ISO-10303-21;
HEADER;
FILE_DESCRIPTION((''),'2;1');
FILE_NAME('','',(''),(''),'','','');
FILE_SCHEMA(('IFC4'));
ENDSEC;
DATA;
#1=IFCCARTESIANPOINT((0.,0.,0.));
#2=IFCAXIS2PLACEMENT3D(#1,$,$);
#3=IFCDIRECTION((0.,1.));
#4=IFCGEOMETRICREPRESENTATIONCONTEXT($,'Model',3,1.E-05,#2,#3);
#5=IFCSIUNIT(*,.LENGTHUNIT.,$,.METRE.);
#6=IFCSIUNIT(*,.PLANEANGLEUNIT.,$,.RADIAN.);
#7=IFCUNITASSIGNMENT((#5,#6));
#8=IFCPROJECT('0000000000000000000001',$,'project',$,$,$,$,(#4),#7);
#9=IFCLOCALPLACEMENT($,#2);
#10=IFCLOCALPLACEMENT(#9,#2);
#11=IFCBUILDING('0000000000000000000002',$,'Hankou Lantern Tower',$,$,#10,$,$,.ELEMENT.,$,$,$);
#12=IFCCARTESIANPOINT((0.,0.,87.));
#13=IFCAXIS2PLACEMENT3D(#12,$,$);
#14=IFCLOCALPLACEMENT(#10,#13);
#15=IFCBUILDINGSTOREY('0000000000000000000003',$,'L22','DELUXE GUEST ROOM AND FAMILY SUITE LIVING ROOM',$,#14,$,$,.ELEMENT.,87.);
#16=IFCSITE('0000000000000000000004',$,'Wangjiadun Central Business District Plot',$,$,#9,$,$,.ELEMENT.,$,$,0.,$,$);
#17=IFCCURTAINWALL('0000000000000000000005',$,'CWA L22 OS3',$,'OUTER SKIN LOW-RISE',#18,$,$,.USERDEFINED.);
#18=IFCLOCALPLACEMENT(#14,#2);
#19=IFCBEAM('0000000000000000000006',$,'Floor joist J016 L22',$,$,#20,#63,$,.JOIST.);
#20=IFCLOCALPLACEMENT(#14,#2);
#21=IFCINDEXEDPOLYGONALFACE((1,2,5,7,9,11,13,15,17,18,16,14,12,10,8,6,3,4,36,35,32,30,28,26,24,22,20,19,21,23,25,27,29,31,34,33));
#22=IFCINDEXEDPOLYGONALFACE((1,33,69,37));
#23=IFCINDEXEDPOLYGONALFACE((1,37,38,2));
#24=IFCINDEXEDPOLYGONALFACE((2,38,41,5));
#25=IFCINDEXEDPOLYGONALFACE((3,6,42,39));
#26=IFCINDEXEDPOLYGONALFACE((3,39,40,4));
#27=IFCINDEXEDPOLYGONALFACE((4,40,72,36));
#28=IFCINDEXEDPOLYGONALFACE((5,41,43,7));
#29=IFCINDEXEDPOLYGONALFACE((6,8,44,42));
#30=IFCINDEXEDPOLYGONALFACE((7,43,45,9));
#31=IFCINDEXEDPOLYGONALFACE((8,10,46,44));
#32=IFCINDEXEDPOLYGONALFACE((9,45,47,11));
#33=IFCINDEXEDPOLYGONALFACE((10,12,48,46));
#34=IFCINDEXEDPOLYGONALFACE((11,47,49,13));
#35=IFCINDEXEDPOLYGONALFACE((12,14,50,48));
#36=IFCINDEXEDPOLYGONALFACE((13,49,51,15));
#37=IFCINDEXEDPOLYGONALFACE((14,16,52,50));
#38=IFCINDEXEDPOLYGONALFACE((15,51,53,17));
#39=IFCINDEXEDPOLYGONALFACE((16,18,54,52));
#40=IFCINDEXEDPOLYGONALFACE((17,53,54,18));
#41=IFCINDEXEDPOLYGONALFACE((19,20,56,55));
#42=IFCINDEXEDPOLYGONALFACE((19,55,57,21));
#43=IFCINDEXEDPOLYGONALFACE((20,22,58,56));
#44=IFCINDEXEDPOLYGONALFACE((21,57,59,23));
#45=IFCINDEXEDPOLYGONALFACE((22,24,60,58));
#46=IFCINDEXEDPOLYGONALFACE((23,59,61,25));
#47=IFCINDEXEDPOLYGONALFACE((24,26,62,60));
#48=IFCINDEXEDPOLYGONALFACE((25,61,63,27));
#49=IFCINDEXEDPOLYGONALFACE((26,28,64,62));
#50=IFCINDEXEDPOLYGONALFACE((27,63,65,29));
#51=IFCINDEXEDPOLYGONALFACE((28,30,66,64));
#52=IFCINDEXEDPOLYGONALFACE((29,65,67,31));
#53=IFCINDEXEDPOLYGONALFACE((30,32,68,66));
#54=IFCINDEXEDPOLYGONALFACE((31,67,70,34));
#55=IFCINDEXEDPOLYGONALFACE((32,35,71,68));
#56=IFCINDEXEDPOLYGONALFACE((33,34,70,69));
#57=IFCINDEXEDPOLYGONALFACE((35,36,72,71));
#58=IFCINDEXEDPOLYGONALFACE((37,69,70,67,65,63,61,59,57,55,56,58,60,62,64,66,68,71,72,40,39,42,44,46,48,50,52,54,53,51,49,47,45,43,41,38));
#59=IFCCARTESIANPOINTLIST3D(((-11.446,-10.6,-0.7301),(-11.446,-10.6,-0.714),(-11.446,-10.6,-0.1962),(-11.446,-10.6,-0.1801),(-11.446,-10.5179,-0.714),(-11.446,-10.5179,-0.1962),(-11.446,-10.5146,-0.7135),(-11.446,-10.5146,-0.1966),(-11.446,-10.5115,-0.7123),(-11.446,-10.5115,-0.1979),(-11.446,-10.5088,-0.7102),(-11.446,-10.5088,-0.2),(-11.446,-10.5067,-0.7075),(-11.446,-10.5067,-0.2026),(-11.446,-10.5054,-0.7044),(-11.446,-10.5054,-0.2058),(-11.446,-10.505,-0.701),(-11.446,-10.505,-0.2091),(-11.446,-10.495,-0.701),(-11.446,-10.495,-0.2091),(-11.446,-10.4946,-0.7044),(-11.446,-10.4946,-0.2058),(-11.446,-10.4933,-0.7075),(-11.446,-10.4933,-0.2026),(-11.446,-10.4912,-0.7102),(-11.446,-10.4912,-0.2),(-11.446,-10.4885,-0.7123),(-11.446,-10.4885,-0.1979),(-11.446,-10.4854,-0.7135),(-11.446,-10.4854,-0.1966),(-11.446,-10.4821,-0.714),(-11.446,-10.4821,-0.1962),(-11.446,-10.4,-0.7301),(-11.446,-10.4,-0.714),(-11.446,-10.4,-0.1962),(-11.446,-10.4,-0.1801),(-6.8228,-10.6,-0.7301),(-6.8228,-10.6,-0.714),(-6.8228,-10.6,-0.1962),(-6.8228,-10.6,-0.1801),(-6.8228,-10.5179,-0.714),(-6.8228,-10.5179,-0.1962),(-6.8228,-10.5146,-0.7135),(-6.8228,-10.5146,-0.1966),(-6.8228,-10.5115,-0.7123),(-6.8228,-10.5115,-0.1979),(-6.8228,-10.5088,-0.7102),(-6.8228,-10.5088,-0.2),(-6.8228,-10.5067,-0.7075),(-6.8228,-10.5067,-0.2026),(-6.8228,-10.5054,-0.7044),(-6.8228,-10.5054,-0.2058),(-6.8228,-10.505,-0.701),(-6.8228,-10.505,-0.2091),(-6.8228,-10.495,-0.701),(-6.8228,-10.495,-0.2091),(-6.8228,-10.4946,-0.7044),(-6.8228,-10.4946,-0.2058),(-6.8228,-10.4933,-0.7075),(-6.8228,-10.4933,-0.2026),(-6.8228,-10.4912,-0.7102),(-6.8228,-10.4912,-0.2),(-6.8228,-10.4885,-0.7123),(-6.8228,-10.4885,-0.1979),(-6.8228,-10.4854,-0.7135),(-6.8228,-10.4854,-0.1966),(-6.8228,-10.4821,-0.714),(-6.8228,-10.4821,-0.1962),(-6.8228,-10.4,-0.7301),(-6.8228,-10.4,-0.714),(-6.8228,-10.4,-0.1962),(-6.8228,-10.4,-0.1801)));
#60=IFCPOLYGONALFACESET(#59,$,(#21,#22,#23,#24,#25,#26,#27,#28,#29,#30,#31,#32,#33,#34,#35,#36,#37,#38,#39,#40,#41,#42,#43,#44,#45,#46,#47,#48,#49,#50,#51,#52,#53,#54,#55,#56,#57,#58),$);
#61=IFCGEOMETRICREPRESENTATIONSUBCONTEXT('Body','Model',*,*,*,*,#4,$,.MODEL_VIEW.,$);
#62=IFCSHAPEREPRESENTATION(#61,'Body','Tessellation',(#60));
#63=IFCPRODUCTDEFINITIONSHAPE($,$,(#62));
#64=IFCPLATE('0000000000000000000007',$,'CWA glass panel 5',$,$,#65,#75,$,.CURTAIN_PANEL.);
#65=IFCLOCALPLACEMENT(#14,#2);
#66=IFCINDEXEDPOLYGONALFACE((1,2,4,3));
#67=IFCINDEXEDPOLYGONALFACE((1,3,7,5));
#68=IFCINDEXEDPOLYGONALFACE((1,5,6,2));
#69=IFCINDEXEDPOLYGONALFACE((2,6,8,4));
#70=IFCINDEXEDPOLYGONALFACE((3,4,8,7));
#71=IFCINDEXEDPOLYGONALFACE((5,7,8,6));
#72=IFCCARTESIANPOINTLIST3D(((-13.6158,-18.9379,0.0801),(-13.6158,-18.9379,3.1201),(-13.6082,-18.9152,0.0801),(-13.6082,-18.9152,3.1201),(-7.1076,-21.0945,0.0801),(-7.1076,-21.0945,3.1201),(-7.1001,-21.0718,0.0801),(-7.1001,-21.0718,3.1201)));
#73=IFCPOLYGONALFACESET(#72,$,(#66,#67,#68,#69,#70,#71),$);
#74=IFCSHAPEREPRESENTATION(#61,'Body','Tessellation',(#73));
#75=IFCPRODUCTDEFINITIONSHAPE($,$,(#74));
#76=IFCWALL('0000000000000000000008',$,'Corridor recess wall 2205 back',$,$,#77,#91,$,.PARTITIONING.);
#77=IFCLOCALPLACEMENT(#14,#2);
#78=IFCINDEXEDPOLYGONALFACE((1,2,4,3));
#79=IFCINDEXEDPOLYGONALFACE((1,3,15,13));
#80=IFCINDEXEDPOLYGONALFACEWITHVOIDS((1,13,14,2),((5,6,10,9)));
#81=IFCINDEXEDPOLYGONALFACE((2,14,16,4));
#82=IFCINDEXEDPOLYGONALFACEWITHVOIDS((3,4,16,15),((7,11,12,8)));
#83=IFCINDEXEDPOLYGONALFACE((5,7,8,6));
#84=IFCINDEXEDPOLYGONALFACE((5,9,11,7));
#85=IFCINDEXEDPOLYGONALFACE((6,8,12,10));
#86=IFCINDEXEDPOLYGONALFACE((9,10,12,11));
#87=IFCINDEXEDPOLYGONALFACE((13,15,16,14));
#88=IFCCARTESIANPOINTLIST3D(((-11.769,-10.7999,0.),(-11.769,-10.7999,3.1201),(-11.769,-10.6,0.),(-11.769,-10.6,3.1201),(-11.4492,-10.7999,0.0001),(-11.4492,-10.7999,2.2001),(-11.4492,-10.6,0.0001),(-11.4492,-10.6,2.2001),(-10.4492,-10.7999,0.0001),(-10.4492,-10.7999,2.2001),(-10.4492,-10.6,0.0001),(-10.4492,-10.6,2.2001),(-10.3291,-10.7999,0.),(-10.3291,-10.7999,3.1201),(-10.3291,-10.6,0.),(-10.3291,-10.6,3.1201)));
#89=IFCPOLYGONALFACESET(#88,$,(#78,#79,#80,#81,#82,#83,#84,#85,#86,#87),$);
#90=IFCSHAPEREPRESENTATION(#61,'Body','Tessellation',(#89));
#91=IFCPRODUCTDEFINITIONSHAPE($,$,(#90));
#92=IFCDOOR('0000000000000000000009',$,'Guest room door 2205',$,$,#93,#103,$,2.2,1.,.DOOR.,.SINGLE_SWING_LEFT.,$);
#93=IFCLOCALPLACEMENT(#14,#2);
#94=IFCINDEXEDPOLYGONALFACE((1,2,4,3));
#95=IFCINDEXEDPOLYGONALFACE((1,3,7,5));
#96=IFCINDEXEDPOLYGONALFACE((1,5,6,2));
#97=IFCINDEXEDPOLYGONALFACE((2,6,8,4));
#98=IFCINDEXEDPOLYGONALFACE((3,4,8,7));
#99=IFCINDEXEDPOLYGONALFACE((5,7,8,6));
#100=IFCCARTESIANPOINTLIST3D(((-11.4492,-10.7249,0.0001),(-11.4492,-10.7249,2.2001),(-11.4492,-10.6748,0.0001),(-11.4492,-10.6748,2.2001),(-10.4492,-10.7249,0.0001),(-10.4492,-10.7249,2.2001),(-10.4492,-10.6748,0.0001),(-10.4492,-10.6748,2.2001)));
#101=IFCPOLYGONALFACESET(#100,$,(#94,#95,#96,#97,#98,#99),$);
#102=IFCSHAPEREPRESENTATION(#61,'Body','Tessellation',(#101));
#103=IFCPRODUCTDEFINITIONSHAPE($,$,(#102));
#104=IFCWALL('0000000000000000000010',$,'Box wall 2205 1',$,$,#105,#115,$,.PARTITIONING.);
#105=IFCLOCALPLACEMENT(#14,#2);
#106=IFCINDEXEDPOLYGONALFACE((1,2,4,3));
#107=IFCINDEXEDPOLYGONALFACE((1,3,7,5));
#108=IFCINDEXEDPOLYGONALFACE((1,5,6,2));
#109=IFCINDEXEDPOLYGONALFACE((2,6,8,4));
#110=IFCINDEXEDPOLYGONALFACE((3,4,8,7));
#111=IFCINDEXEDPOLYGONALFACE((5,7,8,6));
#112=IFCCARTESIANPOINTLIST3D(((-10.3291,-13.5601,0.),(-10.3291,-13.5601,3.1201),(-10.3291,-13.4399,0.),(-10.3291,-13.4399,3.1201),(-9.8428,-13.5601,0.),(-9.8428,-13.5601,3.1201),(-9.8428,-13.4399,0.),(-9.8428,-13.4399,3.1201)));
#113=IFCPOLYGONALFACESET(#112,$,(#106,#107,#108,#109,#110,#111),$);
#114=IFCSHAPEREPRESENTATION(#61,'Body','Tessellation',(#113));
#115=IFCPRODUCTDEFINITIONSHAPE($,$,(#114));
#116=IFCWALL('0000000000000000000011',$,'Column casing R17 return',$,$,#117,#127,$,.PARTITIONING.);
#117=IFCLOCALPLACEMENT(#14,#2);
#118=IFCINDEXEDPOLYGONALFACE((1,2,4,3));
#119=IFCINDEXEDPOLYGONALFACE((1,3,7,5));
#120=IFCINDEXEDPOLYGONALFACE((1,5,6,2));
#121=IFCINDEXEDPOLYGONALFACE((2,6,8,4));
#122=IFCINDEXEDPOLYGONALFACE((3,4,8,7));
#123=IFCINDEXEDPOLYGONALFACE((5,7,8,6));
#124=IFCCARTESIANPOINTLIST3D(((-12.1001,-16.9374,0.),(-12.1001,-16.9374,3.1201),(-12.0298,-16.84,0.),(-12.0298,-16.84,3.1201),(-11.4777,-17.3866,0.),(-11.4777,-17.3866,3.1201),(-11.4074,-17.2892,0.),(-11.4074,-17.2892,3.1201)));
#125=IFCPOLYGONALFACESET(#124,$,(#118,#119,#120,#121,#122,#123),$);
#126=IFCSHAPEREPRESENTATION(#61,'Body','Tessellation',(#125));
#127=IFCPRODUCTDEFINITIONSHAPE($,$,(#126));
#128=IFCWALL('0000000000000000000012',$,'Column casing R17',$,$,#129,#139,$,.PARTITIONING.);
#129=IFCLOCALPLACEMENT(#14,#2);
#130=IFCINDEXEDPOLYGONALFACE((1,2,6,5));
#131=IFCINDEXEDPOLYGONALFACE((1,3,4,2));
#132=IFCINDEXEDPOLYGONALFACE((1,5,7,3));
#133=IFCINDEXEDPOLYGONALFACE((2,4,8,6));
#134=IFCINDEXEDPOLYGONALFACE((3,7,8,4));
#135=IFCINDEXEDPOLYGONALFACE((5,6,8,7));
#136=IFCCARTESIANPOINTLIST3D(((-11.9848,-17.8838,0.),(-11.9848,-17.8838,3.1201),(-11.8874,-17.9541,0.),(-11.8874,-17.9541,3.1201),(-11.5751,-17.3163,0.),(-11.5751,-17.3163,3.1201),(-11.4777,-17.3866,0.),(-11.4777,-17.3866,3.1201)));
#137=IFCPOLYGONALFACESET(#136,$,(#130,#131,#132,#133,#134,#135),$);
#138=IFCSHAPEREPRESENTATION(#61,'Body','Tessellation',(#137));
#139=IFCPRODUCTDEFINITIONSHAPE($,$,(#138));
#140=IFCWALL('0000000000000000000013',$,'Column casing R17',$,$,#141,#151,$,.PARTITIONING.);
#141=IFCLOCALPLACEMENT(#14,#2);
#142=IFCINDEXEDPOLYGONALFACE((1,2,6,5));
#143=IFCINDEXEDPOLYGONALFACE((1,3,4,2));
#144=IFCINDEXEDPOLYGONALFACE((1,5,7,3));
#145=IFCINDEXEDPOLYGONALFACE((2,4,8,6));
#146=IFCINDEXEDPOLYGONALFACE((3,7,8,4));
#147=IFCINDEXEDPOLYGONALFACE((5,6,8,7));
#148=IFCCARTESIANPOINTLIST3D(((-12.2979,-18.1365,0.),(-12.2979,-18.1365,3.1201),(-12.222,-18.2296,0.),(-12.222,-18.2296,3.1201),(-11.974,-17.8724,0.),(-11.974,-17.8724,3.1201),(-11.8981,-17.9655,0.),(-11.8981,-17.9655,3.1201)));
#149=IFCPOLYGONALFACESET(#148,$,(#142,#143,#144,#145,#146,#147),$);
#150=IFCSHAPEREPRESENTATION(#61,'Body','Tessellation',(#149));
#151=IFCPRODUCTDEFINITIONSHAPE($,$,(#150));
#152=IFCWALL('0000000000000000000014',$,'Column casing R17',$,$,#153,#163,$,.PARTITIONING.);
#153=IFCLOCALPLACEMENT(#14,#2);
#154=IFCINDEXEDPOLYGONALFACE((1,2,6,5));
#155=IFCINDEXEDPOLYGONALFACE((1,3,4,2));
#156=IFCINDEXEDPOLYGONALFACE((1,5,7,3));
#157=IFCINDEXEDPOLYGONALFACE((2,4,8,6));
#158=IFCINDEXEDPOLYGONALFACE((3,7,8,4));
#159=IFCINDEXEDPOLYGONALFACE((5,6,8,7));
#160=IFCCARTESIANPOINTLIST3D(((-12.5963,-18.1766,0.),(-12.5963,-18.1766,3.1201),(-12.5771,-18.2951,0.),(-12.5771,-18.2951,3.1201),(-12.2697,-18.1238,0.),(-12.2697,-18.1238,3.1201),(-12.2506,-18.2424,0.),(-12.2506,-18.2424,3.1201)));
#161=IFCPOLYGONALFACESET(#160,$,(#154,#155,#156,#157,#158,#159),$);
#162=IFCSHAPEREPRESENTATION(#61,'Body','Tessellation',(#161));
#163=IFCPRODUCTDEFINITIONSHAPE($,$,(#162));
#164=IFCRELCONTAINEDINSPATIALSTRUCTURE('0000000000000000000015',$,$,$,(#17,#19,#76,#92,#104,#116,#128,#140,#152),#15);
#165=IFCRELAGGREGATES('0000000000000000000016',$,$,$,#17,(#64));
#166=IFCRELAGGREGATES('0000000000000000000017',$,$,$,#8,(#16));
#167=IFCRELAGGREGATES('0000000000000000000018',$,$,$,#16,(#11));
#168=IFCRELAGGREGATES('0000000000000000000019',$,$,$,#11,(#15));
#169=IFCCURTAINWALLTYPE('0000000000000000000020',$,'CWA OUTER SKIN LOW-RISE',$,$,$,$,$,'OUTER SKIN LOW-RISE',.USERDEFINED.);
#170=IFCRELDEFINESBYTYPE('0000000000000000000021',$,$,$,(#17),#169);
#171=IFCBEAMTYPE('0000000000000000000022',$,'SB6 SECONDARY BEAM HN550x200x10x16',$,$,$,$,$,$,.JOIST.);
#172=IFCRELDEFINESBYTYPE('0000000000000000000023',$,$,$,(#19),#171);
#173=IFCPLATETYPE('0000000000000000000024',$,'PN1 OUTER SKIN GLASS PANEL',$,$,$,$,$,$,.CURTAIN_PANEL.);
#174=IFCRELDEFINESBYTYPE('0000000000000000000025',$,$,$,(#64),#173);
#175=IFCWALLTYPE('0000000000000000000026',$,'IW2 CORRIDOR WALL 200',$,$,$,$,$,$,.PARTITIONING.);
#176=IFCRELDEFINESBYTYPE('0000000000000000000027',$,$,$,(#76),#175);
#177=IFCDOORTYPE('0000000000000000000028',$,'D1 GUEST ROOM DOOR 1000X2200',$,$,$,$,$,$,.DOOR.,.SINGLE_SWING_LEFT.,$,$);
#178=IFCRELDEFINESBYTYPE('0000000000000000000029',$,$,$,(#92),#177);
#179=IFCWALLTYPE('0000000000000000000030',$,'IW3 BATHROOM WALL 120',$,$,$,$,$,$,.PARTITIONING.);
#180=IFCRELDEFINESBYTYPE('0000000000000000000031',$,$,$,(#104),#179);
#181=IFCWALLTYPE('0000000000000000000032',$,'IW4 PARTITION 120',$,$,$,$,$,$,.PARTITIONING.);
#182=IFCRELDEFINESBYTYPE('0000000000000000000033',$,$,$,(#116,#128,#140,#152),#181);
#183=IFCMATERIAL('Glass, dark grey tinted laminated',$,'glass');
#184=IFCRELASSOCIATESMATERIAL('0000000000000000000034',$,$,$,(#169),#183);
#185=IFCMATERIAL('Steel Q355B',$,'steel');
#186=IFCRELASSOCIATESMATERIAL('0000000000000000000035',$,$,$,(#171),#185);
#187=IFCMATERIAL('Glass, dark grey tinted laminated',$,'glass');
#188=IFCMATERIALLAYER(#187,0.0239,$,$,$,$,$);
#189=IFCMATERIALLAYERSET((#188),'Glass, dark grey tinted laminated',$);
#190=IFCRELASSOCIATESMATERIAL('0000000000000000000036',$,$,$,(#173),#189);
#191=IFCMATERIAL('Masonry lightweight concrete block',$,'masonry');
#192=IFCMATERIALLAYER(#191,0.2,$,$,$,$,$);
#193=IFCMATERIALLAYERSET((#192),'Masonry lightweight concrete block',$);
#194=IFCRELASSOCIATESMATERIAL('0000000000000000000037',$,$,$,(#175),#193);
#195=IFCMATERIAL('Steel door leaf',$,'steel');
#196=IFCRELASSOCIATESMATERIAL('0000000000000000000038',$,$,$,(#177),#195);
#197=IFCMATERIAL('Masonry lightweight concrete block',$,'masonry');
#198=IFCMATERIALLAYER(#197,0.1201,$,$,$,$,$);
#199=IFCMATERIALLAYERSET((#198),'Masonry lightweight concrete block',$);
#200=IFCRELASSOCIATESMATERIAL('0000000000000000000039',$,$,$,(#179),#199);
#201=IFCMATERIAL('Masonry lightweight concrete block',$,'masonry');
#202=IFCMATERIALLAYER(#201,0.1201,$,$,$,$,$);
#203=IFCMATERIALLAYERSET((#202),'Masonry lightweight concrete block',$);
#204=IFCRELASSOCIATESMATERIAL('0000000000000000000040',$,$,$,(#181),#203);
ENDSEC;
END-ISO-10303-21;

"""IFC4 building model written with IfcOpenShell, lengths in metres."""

from ifc_helpers import new_model, si_unit, direction, frame, frame_2d, origin, origin_2d, place, context, subcontext, project, spatial, rectangle, i_section, extrude, material, layer, layer_set, material_profile, profile_set, type_object, element, fill, aggregate, save


model = new_model("IFC4")

# Units and contexts
model_context = context("Model", 3, precision=1e-05, world=origin(), true_north=direction((0.0, 1.0)))
body_context = subcontext(model_context, "Body", "Model", "MODEL_VIEW")
ifc_project = project(units=[si_unit("LENGTHUNIT", "METRE"), si_unit("PLANEANGLEUNIT", "RADIAN")], contexts=[model_context])

# Site, building, storey
site_placement = place(None, origin())
site = spatial("IfcSite", under=ifc_project, at=site_placement, Name="Wangjiadun Central Business District Plot", CompositionType="ELEMENT", RefElevation=0.0)
building_placement = place(site_placement, origin())
building = spatial("IfcBuilding", under=site, at=building_placement, Name="Hankou Lantern Tower", CompositionType="ELEMENT")
storey_placement = place(building_placement, frame((0.0, 0.0, 87.0)))
storey = spatial("IfcBuildingStorey", under=building, at=storey_placement, Name="L22", Description="DELUXE GUEST ROOM AND FAMILY SUITE LIVING ROOM", CompositionType="ELEMENT", Elevation=87.0)

# Curtain wall
ifc_material_1 = material(Name="Glass, dark grey tinted laminated", Category="glass")
curtain_wall_type = type_object("IfcCurtainWallType", Name="CWA OUTER SKIN LOW-RISE", ElementType="OUTER SKIN LOW-RISE", PredefinedType="USERDEFINED", material=ifc_material_1)
curtain_wall_placement = place(storey_placement, origin())
curtain_wall = element("IfcCurtainWall", 1, at=curtain_wall_placement, inside=storey, type_object=curtain_wall_type, Name="CWA L22 OS3", ObjectType="OUTER SKIN LOW-RISE", PredefinedType="USERDEFINED")

# Beam
ifc_material_2 = material(Name="Steel Q355B", Category="steel")
ifc_material_profile_1 = material_profile(ifc_material_2, i_section(OverallWidth=0.2, OverallDepth=0.55, WebThickness=0.01, FlangeThickness=0.0161, FilletRadius=0.0129, at=origin_2d()), Name="HN550x200x10x16")
ifc_profile_set_1 = profile_set([ifc_material_profile_1], Name="Steel Q355B")
beam_type_1 = type_object("IfcBeamType", Name="SB6 SECONDARY BEAM HN550x200x10x16", PredefinedType="JOIST", material=ifc_profile_set_1)
beam_1_placement = place(storey_placement, frame((-11.446, -10.5, -0.4551), z_axis=(1.0, 0.0, 0.0), x_axis=(0.0, 1.0, 0.0)))
element("IfcBeam", 2, at=beam_1_placement, inside=storey, type_object=beam_type_1, Name="Floor joist J016 L22", PredefinedType="JOIST", context=body_context, shape_type="SweptSolid", body=[
    extrude(i_section(OverallWidth=0.2, OverallDepth=0.55, WebThickness=0.01, FlangeThickness=0.0161, FilletRadius=0.0129, at=origin_2d()), origin(), (0.0, 0.0, 1.0), 4.6233),
])

# Plate
ifc_material_3 = material(Name="Glass, dark grey tinted laminated", Category="glass")
ifc_layer_1 = layer(ifc_material_3, 0.0239)
ifc_layer_set_1 = layer_set([ifc_layer_1], Name="Glass, dark grey tinted laminated")
plate_type = type_object("IfcPlateType", Name="PN1 OUTER SKIN GLASS PANEL", PredefinedType="CURTAIN_PANEL", material=ifc_layer_set_1)
plate_placement = place(storey_placement, frame((-10.3579, -20.0049, 0.0801), z_axis=(0.0, 0.0, 1.0), x_axis=(0.949241, -0.314551, 0.0)))
plate = element("IfcPlate", 3, at=plate_placement, type_object=plate_type, Name="CWA glass panel 5", PredefinedType="CURTAIN_PANEL", context=body_context, shape_type="SweptSolid", body=[
    extrude(rectangle(XDim=6.8562, YDim=0.0239, at=origin_2d()), origin(), (0.0, 0.0, 1.0), 3.04),
])
aggregate(curtain_wall, [plate])

# Wall, opening, door
ifc_material_4 = material(Name="Masonry lightweight concrete block", Category="masonry")
ifc_layer_2 = layer(ifc_material_4, 0.2)
ifc_layer_set_2 = layer_set([ifc_layer_2], Name="Masonry lightweight concrete block")
wall_type_1 = type_object("IfcWallType", Name="IW2 CORRIDOR WALL 200", PredefinedType="PARTITIONING", material=ifc_layer_set_2)
wall_1_placement = place(storey_placement, frame((-10.3291, -10.7, 0.0), z_axis=(0.0, 0.0, 1.0), x_axis=(-1.0, 0.0, 0.0)))
wall_1 = element("IfcWall", 4, at=wall_1_placement, inside=storey, type_object=wall_type_1, Name="Corridor recess wall 2205 back", PredefinedType="PARTITIONING", context=body_context, shape_type="SweptSolid", body=[
    extrude(rectangle(XDim=1.4399, YDim=0.2, at=frame_2d((0.72, 0.0))), origin(), (0.0, 0.0, 1.0), 3.1201),
])
opening_1_placement = place(wall_1_placement, frame((0.1201, 0.0, 0.0)))
opening_1 = element("IfcOpeningElement", 5, at=opening_1_placement, cuts=wall_1, PredefinedType="OPENING", context=body_context, shape_type="SweptSolid", body=[
    extrude(rectangle(XDim=1.0, YDim=2.2, at=frame_2d((0.5, 1.1001))), frame((0.0, 0.1099, 0.0), z_axis=(0.0, -1.0, 0.0), x_axis=(1.0, 0.0, 0.0)), (0.0, 0.0, 1.0), 0.22),
])
ifc_material_5 = material(Name="Steel door leaf", Category="steel")
door_type_1 = type_object("IfcDoorType", Name="D1 GUEST ROOM DOOR 1000X2200", OperationType="SINGLE_SWING_LEFT", PredefinedType="DOOR", material=ifc_material_5)
door_1_placement = place(opening_1_placement, origin())
door_1 = element("IfcDoor", 6, at=door_1_placement, inside=storey, type_object=door_type_1, Name="Guest room door 2205", OperationType="SINGLE_SWING_LEFT", OverallHeight=2.2, OverallWidth=1.0, PredefinedType="DOOR", context=body_context, shape_type="SweptSolid", body=[
    extrude(rectangle(XDim=1.0, YDim=2.2, at=frame_2d((0.5, 1.1001))), frame((0.0, 0.0249, 0.0), z_axis=(0.0, -1.0, 0.0), x_axis=(1.0, 0.0, 0.0)), (0.0, 0.0, 1.0), 0.05),
])
fill(opening_1, door_1)

# Walls
ifc_material_6 = material(Name="Masonry lightweight concrete block", Category="masonry")
ifc_layer_3 = layer(ifc_material_6, 0.1201)
ifc_layer_set_3 = layer_set([ifc_layer_3], Name="Masonry lightweight concrete block")
wall_type_2 = type_object("IfcWallType", Name="IW3 BATHROOM WALL 120", PredefinedType="PARTITIONING", material=ifc_layer_set_3)
wall_2_placement = place(storey_placement, frame((-9.8428, -13.5, 0.0), z_axis=(0.0, 0.0, 1.0), x_axis=(-1.0, 0.0, 0.0)))
element("IfcWall", 7, at=wall_2_placement, inside=storey, type_object=wall_type_2, Name="Box wall 2205 1", PredefinedType="PARTITIONING", context=body_context, shape_type="SweptSolid", body=[
    extrude(rectangle(XDim=0.4863, YDim=0.1201, at=frame_2d((0.2432, 0.0))), origin(), (0.0, 0.0, 1.0), 3.1201),
])
ifc_material_7 = material(Name="Masonry lightweight concrete block", Category="masonry")
ifc_layer_4 = layer(ifc_material_7, 0.1201)
ifc_layer_set_4 = layer_set([ifc_layer_4], Name="Masonry lightweight concrete block")
wall_type_3 = type_object("IfcWallType", Name="IW4 PARTITION 120", PredefinedType="PARTITIONING", material=ifc_layer_set_4)
wall_3_placement = place(storey_placement, frame((-12.0649, -16.8887, 0.0), z_axis=(0.0, 0.0, 1.0), x_axis=(0.810822, -0.585293, 0.0)))
element("IfcWall", 8, at=wall_3_placement, inside=storey, type_object=wall_type_3, Name="Column casing R17 return", PredefinedType="PARTITIONING", context=body_context, shape_type="SweptSolid", body=[
    extrude(rectangle(XDim=0.7676, YDim=0.1201, at=frame_2d((0.3838, 0.0))), origin(), (0.0, 0.0, 1.0), 3.1201),
])
wall_4_placement = place(storey_placement, frame((-11.5264, -17.3513, 0.0), z_axis=(0.0, 0.0, 1.0), x_axis=(-0.585223, -0.810872, 0.0)))
element("IfcWall", 9, at=wall_4_placement, inside=storey, type_object=wall_type_3, Name="Column casing R17", PredefinedType="PARTITIONING", context=body_context, shape_type="SweptSolid", body=[
    extrude(rectangle(XDim=0.7, YDim=0.1201, at=frame_2d((0.3501, 0.0))), origin(), (0.0, 0.0, 1.0), 3.1201),
])
wall_5_placement = place(storey_placement, frame((-11.936, -17.9189, 0.0), z_axis=(0.0, 0.0, 1.0), x_axis=(-0.775023, -0.631933, 0.0)))
element("IfcWall", 10, at=wall_5_placement, inside=storey, type_object=wall_type_3, Name="Column casing R17", PredefinedType="PARTITIONING", context=body_context, shape_type="SweptSolid", body=[
    extrude(rectangle(XDim=0.418, YDim=0.1201, at=frame_2d((0.209, 0.0))), origin(), (0.0, 0.0, 1.0), 3.1201),
])
wall_6_placement = place(storey_placement, frame((-12.26, -18.1831, 0.0), z_axis=(0.0, 0.0, 1.0), x_axis=(-0.987219, -0.159372, 0.0)))
element("IfcWall", 11, at=wall_6_placement, inside=storey, type_object=wall_type_3, Name="Column casing R17", PredefinedType="PARTITIONING", context=body_context, shape_type="SweptSolid", body=[
    extrude(rectangle(XDim=0.3308, YDim=0.1201, at=frame_2d((0.1655, 0.0))), origin(), (0.0, 0.0, 1.0), 3.1201),
])

save(model, "model.ifc")
